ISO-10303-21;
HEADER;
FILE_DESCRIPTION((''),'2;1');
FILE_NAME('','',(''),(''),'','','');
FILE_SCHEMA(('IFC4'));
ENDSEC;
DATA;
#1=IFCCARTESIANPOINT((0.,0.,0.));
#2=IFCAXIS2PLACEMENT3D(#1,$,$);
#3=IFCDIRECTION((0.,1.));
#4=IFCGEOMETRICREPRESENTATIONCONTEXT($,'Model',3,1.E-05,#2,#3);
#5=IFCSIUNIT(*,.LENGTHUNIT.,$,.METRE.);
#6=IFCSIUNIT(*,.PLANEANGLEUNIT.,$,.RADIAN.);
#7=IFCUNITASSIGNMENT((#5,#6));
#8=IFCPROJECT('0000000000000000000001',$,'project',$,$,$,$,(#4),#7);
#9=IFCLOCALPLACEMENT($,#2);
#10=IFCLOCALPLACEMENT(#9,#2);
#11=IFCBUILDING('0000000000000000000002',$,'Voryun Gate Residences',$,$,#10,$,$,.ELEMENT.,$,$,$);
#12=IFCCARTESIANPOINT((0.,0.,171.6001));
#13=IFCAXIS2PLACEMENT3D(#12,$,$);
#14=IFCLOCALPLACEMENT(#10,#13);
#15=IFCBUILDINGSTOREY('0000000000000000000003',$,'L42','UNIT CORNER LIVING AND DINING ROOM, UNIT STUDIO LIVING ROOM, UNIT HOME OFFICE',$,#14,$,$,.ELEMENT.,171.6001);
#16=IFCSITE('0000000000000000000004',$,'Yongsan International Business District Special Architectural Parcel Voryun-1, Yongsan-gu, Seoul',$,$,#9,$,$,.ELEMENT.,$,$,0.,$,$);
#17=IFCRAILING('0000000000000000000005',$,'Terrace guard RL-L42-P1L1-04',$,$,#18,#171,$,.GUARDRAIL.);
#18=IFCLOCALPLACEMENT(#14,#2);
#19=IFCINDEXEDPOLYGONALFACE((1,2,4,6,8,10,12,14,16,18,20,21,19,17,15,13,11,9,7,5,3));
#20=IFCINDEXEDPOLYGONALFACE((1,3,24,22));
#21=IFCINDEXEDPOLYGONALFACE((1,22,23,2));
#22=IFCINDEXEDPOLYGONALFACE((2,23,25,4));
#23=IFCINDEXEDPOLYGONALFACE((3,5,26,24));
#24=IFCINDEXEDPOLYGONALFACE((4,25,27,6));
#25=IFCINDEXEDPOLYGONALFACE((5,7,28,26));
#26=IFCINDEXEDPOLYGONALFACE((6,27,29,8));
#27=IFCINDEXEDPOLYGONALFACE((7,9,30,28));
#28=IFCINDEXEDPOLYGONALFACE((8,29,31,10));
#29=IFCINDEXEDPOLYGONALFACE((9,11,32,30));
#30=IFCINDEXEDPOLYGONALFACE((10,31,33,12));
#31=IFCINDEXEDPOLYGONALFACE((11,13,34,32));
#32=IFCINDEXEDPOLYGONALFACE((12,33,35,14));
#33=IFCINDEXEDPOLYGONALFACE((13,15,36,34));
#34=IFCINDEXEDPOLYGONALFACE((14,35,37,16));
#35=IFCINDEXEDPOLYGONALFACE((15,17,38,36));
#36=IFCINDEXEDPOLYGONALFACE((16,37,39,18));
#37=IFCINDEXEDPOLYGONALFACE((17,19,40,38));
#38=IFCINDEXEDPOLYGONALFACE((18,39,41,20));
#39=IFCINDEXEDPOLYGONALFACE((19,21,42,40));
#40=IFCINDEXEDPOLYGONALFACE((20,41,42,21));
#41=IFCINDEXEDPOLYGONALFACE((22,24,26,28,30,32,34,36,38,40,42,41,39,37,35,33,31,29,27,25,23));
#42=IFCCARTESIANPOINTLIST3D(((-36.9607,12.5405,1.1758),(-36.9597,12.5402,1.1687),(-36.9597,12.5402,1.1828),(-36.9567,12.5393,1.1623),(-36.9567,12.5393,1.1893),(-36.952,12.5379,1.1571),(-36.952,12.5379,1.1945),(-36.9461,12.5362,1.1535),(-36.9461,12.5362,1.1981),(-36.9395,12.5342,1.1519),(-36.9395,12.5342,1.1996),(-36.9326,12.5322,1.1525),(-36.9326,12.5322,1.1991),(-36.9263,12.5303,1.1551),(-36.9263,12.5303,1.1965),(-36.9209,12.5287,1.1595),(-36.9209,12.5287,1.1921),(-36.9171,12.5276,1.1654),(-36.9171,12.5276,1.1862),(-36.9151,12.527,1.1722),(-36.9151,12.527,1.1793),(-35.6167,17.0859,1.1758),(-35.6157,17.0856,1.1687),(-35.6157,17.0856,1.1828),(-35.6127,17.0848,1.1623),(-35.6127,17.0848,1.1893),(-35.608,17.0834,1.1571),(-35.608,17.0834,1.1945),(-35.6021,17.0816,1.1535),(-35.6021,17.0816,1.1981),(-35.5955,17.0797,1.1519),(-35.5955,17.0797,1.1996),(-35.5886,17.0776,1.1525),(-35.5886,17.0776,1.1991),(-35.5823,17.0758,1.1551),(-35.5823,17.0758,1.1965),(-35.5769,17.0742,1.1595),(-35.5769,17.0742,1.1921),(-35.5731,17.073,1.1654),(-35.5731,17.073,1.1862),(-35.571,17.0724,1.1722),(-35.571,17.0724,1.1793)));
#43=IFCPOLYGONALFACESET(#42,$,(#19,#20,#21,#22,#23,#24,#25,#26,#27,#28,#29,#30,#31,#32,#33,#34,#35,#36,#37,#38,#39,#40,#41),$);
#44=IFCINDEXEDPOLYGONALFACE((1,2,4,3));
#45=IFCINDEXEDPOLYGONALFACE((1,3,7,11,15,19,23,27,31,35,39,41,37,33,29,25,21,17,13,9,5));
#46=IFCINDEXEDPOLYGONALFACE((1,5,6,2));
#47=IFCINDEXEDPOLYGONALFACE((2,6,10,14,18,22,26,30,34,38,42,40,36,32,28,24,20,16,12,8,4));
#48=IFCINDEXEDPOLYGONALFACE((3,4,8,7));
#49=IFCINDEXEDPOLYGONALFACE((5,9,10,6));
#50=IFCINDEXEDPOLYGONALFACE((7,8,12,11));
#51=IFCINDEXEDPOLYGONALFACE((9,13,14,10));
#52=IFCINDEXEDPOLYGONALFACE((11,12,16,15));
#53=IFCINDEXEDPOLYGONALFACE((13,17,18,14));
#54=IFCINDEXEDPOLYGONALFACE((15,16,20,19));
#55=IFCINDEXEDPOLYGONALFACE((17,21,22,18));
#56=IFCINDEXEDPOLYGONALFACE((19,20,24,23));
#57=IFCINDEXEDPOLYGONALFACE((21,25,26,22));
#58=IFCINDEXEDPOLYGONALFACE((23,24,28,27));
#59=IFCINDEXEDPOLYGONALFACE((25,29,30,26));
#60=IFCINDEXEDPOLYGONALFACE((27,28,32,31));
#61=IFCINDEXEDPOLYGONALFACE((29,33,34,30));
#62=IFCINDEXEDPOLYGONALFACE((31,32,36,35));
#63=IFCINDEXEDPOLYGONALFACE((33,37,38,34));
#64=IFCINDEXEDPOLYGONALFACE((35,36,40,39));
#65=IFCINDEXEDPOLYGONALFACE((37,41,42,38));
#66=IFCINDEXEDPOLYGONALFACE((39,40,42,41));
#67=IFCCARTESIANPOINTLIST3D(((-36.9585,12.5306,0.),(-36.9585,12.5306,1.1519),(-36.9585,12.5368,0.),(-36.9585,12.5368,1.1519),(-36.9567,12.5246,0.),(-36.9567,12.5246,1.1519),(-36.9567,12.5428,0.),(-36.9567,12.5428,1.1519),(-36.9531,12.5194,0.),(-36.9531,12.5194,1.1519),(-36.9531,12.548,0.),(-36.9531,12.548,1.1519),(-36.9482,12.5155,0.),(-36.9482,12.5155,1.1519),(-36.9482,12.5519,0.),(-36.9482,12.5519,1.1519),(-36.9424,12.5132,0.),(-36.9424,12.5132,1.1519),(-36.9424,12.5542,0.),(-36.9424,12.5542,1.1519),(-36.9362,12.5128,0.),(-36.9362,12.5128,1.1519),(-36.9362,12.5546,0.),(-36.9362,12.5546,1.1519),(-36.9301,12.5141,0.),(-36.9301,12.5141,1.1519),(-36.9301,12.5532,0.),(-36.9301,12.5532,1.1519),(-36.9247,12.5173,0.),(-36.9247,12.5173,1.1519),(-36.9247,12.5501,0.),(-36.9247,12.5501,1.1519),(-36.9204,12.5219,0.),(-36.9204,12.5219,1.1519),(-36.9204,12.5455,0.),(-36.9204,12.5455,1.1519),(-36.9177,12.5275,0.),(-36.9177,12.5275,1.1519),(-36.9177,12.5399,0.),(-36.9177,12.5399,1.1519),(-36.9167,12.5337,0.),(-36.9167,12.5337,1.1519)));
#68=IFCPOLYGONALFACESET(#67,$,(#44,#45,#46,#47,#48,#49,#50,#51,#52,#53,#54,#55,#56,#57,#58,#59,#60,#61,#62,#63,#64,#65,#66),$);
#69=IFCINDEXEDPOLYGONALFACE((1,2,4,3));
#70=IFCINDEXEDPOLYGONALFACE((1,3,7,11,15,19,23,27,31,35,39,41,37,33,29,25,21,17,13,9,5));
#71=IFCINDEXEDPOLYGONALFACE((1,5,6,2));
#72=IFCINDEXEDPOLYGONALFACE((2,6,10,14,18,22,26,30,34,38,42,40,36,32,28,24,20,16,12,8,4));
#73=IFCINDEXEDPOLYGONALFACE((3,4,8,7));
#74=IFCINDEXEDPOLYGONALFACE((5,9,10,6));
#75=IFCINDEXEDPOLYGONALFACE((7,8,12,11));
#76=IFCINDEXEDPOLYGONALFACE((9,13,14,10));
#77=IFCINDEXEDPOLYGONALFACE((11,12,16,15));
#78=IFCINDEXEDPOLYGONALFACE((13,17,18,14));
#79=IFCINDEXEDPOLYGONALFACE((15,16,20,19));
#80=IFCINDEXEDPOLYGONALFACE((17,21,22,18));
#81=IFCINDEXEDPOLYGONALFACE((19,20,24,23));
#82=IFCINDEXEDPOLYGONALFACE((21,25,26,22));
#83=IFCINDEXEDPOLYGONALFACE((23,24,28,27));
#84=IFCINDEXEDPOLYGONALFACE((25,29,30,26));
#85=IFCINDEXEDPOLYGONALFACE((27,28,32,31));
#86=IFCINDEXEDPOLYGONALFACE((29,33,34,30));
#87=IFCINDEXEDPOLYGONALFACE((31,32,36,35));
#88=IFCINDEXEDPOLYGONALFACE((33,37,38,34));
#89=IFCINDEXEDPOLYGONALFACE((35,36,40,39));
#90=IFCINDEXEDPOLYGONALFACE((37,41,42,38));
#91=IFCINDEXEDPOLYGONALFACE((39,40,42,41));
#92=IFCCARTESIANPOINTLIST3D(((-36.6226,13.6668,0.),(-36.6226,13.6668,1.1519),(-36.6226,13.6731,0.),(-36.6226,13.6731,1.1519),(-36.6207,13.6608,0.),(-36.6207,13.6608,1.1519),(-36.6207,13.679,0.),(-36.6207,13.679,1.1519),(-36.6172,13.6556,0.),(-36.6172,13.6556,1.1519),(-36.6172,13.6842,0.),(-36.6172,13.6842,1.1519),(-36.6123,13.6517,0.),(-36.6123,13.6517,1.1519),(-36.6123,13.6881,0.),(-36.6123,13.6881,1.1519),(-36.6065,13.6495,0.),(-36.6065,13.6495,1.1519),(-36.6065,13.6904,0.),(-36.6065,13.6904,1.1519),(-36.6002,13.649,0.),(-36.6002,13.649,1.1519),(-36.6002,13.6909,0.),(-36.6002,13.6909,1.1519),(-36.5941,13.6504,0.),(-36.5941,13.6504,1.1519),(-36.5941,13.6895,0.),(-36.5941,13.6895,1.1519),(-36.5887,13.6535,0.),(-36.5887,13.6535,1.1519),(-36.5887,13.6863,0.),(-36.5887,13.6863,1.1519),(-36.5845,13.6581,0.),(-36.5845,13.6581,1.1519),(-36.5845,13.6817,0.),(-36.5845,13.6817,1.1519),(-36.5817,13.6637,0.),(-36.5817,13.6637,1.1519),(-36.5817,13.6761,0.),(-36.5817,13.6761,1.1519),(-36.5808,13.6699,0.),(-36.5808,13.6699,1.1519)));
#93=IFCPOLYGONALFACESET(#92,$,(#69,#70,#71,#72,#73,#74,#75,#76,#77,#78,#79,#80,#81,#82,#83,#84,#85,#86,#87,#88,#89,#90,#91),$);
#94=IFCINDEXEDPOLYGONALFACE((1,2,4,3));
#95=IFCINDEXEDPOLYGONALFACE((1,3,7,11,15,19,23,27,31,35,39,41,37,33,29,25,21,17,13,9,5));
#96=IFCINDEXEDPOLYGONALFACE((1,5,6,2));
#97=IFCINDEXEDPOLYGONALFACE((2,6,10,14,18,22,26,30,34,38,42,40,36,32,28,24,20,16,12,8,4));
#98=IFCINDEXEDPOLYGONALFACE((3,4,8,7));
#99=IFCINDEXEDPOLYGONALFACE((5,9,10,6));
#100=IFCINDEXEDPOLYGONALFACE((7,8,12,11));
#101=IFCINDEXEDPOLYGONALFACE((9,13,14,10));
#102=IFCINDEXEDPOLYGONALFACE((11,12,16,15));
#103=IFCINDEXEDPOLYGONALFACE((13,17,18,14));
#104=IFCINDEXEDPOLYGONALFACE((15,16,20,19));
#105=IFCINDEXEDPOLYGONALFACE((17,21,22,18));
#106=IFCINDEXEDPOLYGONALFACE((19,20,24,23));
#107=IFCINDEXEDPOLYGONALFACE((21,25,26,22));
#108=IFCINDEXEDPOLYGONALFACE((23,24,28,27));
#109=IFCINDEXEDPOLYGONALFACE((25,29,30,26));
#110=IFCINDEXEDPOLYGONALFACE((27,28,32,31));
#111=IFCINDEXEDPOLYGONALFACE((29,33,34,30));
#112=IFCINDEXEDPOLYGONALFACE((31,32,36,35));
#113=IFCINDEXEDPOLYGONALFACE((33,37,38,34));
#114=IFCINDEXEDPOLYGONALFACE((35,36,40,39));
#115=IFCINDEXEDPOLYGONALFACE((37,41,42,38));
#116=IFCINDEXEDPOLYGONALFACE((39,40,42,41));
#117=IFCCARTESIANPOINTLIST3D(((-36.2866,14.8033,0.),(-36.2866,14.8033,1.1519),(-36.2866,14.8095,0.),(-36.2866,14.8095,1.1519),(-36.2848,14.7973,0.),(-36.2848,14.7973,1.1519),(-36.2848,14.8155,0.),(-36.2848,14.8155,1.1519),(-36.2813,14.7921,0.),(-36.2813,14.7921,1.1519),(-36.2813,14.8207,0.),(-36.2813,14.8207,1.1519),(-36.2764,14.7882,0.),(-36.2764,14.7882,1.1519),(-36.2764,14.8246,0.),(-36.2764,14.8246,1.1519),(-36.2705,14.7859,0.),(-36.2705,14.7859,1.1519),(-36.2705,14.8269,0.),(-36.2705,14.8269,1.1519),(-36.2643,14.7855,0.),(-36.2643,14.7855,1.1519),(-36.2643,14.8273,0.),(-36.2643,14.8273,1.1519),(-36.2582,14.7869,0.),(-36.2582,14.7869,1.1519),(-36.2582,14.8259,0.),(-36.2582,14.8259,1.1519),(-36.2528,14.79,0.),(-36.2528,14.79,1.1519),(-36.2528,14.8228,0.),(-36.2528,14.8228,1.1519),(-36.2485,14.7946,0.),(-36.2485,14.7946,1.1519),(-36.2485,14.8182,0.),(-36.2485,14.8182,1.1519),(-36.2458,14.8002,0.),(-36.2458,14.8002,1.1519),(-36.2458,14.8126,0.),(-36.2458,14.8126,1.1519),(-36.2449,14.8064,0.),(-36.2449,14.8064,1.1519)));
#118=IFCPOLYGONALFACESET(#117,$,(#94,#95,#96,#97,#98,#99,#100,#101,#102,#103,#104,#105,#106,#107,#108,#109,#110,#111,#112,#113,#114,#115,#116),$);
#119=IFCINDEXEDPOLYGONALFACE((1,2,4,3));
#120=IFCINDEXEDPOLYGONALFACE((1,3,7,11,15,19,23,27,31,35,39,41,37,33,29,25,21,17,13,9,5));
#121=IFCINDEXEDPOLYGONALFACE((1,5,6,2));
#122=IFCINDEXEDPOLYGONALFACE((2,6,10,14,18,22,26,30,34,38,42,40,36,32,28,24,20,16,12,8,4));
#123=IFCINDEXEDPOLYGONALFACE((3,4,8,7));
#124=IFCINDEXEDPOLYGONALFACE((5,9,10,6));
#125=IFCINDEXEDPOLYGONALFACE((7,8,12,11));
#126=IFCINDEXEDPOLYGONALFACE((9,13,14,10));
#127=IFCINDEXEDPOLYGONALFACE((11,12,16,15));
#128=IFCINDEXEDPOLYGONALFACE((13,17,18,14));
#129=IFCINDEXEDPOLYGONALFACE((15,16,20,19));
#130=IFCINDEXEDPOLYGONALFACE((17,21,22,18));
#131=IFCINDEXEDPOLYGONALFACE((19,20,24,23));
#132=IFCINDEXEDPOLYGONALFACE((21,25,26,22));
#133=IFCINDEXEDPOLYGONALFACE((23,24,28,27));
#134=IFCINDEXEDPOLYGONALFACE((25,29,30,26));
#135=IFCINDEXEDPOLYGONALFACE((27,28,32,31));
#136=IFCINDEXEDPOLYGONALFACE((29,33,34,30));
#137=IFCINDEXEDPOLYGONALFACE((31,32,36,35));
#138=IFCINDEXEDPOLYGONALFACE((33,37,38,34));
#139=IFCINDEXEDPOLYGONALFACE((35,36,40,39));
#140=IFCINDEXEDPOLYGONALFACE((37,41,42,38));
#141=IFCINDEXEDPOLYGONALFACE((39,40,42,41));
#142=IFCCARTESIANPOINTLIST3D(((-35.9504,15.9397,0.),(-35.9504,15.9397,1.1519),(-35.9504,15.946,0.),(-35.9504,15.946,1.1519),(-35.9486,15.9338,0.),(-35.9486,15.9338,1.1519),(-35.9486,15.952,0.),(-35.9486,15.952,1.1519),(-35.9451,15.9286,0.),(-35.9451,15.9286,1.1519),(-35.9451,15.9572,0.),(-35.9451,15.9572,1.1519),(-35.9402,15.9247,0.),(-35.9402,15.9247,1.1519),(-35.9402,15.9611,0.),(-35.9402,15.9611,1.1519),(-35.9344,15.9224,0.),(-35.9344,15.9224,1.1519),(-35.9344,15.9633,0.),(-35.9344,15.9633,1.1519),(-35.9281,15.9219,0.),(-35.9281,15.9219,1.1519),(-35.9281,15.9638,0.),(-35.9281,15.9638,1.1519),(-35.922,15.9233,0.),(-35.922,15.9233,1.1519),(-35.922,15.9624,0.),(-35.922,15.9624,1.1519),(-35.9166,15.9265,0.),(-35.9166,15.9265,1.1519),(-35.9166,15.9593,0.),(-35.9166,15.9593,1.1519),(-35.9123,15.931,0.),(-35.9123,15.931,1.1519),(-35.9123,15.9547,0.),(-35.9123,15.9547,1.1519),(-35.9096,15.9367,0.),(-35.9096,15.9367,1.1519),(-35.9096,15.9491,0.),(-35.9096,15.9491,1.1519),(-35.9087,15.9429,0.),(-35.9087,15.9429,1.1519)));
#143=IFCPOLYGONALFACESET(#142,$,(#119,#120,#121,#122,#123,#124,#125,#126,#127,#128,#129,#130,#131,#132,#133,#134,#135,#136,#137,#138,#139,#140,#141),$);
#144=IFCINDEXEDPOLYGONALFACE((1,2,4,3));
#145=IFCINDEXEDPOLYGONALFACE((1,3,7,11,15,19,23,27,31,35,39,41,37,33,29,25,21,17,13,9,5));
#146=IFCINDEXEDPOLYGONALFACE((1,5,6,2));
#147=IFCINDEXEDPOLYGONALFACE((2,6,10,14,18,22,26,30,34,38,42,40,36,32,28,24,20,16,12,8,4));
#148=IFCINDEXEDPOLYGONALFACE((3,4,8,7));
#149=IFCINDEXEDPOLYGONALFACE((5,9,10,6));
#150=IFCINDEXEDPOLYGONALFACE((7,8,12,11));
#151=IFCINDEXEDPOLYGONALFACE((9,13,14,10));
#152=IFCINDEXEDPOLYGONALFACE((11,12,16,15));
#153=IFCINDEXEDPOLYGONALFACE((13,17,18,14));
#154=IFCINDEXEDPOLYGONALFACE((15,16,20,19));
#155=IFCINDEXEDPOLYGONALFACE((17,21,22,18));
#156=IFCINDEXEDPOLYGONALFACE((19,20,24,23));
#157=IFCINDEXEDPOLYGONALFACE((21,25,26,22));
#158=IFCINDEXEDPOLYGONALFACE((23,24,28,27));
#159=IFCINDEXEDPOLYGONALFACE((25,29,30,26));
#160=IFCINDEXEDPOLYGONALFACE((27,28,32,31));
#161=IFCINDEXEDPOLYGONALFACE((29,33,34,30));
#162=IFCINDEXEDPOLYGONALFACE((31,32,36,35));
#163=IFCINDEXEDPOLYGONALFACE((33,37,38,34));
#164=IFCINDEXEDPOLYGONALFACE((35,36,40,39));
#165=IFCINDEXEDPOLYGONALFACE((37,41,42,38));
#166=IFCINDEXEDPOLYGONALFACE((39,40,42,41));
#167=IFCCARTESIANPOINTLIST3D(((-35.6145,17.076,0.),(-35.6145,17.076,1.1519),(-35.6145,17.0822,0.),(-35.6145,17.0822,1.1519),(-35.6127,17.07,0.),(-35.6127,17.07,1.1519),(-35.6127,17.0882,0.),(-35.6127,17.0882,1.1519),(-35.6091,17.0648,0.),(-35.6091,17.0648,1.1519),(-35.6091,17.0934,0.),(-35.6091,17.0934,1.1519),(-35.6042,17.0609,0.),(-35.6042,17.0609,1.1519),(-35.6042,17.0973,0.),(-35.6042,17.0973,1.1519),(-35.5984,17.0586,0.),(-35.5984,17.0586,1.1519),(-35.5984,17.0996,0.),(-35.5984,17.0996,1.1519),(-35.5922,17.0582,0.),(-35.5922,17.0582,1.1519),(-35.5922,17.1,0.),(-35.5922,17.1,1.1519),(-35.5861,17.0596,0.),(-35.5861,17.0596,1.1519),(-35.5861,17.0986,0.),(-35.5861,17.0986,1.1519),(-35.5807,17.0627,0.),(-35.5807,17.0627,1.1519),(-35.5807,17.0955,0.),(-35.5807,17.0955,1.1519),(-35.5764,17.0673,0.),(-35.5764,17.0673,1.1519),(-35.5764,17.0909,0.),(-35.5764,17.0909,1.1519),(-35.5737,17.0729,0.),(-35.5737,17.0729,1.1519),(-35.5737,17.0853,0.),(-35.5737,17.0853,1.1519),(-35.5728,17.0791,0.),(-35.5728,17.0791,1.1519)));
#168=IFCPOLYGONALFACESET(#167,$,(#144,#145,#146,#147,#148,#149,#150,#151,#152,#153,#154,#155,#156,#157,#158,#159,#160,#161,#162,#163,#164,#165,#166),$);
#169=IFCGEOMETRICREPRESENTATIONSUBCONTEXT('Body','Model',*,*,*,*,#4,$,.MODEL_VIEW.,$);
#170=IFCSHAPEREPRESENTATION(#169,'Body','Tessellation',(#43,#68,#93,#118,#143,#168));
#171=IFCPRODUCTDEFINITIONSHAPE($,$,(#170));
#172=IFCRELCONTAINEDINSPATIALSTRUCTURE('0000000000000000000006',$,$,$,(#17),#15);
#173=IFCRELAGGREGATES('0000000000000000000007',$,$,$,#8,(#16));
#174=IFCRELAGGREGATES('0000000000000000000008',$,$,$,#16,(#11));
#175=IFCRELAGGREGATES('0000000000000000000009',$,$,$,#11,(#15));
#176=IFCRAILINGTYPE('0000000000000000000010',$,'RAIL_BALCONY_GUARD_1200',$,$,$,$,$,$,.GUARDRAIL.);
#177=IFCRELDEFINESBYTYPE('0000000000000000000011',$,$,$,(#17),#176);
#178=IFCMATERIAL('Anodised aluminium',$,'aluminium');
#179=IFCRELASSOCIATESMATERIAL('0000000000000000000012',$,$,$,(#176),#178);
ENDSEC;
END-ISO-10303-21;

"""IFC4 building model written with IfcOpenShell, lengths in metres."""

from ifc_helpers import new_model, si_unit, direction, frame, origin, origin_2d, place, context, subcontext, project, spatial, circle, extrude, material, type_object, element, save


model = new_model("IFC4")

# Units and contexts
model_context = context("Model", 3, precision=1e-05, world=origin(), true_north=direction((0.0, 1.0)))
body_context = subcontext(model_context, "Body", "Model", "MODEL_VIEW")
ifc_project = project(units=[si_unit("LENGTHUNIT", "METRE"), si_unit("PLANEANGLEUNIT", "RADIAN")], contexts=[model_context])

# Site, building, storey
site_placement = place(None, origin())
site = spatial("IfcSite", under=ifc_project, at=site_placement, Name="Yongsan International Business District Special Architectural Parcel Voryun-1, Yongsan-gu, Seoul", CompositionType="ELEMENT", RefElevation=0.0)
building_placement = place(site_placement, origin())
building = spatial("IfcBuilding", under=site, at=building_placement, Name="Voryun Gate Residences", CompositionType="ELEMENT")
storey_placement = place(building_placement, frame((0.0, 0.0, 171.6001)))
storey = spatial("IfcBuildingStorey", under=building, at=storey_placement, Name="L42", Description="UNIT CORNER LIVING AND DINING ROOM, UNIT STUDIO LIVING ROOM, UNIT HOME OFFICE", CompositionType="ELEMENT", Elevation=171.6001)

# Railing
ifc_material_1 = material(Name="Anodised aluminium", Category="aluminium")
railing_type = type_object("IfcRailingType", Name="RAIL_BALCONY_GUARD_1200", PredefinedType="GUARDRAIL", material=ifc_material_1)
railing_1_placement = place(storey_placement, frame((-36.9377, 12.5337, 0.0)))
element("IfcRailing", 1, at=railing_1_placement, inside=storey, type_object=railing_type, Name="Terrace guard RL-L42-P1L1-04", PredefinedType="GUARDRAIL", context=body_context, shape_type="SweptSolid", body=[
    extrude(circle(Radius=0.0239, at=origin_2d()), frame((0.0, 0.0, 1.1758), z_axis=(0.283546, 0.958959, 0.0), x_axis=(-0.958959, 0.283546, 0.0)), (0.0, 0.0, 1.0), 4.74),
    extrude(circle(Radius=0.021, at=origin_2d()), origin(), (0.0, 0.0, 1.0), 1.1519),
    extrude(circle(Radius=0.021, at=origin_2d()), frame((0.3359, 1.1362, 0.0)), (0.0, 0.0, 1.0), 1.1519),
    extrude(circle(Radius=0.021, at=origin_2d()), frame((0.6719, 2.2727, 0.0)), (0.0, 0.0, 1.0), 1.1519),
    extrude(circle(Radius=0.021, at=origin_2d()), frame((1.0081, 3.4092, 0.0)), (0.0, 0.0, 1.0), 1.1519),
    extrude(circle(Radius=0.021, at=origin_2d()), frame((1.344, 4.5454, 0.0)), (0.0, 0.0, 1.0), 1.1519),
])

save(model, "model.ifc")
